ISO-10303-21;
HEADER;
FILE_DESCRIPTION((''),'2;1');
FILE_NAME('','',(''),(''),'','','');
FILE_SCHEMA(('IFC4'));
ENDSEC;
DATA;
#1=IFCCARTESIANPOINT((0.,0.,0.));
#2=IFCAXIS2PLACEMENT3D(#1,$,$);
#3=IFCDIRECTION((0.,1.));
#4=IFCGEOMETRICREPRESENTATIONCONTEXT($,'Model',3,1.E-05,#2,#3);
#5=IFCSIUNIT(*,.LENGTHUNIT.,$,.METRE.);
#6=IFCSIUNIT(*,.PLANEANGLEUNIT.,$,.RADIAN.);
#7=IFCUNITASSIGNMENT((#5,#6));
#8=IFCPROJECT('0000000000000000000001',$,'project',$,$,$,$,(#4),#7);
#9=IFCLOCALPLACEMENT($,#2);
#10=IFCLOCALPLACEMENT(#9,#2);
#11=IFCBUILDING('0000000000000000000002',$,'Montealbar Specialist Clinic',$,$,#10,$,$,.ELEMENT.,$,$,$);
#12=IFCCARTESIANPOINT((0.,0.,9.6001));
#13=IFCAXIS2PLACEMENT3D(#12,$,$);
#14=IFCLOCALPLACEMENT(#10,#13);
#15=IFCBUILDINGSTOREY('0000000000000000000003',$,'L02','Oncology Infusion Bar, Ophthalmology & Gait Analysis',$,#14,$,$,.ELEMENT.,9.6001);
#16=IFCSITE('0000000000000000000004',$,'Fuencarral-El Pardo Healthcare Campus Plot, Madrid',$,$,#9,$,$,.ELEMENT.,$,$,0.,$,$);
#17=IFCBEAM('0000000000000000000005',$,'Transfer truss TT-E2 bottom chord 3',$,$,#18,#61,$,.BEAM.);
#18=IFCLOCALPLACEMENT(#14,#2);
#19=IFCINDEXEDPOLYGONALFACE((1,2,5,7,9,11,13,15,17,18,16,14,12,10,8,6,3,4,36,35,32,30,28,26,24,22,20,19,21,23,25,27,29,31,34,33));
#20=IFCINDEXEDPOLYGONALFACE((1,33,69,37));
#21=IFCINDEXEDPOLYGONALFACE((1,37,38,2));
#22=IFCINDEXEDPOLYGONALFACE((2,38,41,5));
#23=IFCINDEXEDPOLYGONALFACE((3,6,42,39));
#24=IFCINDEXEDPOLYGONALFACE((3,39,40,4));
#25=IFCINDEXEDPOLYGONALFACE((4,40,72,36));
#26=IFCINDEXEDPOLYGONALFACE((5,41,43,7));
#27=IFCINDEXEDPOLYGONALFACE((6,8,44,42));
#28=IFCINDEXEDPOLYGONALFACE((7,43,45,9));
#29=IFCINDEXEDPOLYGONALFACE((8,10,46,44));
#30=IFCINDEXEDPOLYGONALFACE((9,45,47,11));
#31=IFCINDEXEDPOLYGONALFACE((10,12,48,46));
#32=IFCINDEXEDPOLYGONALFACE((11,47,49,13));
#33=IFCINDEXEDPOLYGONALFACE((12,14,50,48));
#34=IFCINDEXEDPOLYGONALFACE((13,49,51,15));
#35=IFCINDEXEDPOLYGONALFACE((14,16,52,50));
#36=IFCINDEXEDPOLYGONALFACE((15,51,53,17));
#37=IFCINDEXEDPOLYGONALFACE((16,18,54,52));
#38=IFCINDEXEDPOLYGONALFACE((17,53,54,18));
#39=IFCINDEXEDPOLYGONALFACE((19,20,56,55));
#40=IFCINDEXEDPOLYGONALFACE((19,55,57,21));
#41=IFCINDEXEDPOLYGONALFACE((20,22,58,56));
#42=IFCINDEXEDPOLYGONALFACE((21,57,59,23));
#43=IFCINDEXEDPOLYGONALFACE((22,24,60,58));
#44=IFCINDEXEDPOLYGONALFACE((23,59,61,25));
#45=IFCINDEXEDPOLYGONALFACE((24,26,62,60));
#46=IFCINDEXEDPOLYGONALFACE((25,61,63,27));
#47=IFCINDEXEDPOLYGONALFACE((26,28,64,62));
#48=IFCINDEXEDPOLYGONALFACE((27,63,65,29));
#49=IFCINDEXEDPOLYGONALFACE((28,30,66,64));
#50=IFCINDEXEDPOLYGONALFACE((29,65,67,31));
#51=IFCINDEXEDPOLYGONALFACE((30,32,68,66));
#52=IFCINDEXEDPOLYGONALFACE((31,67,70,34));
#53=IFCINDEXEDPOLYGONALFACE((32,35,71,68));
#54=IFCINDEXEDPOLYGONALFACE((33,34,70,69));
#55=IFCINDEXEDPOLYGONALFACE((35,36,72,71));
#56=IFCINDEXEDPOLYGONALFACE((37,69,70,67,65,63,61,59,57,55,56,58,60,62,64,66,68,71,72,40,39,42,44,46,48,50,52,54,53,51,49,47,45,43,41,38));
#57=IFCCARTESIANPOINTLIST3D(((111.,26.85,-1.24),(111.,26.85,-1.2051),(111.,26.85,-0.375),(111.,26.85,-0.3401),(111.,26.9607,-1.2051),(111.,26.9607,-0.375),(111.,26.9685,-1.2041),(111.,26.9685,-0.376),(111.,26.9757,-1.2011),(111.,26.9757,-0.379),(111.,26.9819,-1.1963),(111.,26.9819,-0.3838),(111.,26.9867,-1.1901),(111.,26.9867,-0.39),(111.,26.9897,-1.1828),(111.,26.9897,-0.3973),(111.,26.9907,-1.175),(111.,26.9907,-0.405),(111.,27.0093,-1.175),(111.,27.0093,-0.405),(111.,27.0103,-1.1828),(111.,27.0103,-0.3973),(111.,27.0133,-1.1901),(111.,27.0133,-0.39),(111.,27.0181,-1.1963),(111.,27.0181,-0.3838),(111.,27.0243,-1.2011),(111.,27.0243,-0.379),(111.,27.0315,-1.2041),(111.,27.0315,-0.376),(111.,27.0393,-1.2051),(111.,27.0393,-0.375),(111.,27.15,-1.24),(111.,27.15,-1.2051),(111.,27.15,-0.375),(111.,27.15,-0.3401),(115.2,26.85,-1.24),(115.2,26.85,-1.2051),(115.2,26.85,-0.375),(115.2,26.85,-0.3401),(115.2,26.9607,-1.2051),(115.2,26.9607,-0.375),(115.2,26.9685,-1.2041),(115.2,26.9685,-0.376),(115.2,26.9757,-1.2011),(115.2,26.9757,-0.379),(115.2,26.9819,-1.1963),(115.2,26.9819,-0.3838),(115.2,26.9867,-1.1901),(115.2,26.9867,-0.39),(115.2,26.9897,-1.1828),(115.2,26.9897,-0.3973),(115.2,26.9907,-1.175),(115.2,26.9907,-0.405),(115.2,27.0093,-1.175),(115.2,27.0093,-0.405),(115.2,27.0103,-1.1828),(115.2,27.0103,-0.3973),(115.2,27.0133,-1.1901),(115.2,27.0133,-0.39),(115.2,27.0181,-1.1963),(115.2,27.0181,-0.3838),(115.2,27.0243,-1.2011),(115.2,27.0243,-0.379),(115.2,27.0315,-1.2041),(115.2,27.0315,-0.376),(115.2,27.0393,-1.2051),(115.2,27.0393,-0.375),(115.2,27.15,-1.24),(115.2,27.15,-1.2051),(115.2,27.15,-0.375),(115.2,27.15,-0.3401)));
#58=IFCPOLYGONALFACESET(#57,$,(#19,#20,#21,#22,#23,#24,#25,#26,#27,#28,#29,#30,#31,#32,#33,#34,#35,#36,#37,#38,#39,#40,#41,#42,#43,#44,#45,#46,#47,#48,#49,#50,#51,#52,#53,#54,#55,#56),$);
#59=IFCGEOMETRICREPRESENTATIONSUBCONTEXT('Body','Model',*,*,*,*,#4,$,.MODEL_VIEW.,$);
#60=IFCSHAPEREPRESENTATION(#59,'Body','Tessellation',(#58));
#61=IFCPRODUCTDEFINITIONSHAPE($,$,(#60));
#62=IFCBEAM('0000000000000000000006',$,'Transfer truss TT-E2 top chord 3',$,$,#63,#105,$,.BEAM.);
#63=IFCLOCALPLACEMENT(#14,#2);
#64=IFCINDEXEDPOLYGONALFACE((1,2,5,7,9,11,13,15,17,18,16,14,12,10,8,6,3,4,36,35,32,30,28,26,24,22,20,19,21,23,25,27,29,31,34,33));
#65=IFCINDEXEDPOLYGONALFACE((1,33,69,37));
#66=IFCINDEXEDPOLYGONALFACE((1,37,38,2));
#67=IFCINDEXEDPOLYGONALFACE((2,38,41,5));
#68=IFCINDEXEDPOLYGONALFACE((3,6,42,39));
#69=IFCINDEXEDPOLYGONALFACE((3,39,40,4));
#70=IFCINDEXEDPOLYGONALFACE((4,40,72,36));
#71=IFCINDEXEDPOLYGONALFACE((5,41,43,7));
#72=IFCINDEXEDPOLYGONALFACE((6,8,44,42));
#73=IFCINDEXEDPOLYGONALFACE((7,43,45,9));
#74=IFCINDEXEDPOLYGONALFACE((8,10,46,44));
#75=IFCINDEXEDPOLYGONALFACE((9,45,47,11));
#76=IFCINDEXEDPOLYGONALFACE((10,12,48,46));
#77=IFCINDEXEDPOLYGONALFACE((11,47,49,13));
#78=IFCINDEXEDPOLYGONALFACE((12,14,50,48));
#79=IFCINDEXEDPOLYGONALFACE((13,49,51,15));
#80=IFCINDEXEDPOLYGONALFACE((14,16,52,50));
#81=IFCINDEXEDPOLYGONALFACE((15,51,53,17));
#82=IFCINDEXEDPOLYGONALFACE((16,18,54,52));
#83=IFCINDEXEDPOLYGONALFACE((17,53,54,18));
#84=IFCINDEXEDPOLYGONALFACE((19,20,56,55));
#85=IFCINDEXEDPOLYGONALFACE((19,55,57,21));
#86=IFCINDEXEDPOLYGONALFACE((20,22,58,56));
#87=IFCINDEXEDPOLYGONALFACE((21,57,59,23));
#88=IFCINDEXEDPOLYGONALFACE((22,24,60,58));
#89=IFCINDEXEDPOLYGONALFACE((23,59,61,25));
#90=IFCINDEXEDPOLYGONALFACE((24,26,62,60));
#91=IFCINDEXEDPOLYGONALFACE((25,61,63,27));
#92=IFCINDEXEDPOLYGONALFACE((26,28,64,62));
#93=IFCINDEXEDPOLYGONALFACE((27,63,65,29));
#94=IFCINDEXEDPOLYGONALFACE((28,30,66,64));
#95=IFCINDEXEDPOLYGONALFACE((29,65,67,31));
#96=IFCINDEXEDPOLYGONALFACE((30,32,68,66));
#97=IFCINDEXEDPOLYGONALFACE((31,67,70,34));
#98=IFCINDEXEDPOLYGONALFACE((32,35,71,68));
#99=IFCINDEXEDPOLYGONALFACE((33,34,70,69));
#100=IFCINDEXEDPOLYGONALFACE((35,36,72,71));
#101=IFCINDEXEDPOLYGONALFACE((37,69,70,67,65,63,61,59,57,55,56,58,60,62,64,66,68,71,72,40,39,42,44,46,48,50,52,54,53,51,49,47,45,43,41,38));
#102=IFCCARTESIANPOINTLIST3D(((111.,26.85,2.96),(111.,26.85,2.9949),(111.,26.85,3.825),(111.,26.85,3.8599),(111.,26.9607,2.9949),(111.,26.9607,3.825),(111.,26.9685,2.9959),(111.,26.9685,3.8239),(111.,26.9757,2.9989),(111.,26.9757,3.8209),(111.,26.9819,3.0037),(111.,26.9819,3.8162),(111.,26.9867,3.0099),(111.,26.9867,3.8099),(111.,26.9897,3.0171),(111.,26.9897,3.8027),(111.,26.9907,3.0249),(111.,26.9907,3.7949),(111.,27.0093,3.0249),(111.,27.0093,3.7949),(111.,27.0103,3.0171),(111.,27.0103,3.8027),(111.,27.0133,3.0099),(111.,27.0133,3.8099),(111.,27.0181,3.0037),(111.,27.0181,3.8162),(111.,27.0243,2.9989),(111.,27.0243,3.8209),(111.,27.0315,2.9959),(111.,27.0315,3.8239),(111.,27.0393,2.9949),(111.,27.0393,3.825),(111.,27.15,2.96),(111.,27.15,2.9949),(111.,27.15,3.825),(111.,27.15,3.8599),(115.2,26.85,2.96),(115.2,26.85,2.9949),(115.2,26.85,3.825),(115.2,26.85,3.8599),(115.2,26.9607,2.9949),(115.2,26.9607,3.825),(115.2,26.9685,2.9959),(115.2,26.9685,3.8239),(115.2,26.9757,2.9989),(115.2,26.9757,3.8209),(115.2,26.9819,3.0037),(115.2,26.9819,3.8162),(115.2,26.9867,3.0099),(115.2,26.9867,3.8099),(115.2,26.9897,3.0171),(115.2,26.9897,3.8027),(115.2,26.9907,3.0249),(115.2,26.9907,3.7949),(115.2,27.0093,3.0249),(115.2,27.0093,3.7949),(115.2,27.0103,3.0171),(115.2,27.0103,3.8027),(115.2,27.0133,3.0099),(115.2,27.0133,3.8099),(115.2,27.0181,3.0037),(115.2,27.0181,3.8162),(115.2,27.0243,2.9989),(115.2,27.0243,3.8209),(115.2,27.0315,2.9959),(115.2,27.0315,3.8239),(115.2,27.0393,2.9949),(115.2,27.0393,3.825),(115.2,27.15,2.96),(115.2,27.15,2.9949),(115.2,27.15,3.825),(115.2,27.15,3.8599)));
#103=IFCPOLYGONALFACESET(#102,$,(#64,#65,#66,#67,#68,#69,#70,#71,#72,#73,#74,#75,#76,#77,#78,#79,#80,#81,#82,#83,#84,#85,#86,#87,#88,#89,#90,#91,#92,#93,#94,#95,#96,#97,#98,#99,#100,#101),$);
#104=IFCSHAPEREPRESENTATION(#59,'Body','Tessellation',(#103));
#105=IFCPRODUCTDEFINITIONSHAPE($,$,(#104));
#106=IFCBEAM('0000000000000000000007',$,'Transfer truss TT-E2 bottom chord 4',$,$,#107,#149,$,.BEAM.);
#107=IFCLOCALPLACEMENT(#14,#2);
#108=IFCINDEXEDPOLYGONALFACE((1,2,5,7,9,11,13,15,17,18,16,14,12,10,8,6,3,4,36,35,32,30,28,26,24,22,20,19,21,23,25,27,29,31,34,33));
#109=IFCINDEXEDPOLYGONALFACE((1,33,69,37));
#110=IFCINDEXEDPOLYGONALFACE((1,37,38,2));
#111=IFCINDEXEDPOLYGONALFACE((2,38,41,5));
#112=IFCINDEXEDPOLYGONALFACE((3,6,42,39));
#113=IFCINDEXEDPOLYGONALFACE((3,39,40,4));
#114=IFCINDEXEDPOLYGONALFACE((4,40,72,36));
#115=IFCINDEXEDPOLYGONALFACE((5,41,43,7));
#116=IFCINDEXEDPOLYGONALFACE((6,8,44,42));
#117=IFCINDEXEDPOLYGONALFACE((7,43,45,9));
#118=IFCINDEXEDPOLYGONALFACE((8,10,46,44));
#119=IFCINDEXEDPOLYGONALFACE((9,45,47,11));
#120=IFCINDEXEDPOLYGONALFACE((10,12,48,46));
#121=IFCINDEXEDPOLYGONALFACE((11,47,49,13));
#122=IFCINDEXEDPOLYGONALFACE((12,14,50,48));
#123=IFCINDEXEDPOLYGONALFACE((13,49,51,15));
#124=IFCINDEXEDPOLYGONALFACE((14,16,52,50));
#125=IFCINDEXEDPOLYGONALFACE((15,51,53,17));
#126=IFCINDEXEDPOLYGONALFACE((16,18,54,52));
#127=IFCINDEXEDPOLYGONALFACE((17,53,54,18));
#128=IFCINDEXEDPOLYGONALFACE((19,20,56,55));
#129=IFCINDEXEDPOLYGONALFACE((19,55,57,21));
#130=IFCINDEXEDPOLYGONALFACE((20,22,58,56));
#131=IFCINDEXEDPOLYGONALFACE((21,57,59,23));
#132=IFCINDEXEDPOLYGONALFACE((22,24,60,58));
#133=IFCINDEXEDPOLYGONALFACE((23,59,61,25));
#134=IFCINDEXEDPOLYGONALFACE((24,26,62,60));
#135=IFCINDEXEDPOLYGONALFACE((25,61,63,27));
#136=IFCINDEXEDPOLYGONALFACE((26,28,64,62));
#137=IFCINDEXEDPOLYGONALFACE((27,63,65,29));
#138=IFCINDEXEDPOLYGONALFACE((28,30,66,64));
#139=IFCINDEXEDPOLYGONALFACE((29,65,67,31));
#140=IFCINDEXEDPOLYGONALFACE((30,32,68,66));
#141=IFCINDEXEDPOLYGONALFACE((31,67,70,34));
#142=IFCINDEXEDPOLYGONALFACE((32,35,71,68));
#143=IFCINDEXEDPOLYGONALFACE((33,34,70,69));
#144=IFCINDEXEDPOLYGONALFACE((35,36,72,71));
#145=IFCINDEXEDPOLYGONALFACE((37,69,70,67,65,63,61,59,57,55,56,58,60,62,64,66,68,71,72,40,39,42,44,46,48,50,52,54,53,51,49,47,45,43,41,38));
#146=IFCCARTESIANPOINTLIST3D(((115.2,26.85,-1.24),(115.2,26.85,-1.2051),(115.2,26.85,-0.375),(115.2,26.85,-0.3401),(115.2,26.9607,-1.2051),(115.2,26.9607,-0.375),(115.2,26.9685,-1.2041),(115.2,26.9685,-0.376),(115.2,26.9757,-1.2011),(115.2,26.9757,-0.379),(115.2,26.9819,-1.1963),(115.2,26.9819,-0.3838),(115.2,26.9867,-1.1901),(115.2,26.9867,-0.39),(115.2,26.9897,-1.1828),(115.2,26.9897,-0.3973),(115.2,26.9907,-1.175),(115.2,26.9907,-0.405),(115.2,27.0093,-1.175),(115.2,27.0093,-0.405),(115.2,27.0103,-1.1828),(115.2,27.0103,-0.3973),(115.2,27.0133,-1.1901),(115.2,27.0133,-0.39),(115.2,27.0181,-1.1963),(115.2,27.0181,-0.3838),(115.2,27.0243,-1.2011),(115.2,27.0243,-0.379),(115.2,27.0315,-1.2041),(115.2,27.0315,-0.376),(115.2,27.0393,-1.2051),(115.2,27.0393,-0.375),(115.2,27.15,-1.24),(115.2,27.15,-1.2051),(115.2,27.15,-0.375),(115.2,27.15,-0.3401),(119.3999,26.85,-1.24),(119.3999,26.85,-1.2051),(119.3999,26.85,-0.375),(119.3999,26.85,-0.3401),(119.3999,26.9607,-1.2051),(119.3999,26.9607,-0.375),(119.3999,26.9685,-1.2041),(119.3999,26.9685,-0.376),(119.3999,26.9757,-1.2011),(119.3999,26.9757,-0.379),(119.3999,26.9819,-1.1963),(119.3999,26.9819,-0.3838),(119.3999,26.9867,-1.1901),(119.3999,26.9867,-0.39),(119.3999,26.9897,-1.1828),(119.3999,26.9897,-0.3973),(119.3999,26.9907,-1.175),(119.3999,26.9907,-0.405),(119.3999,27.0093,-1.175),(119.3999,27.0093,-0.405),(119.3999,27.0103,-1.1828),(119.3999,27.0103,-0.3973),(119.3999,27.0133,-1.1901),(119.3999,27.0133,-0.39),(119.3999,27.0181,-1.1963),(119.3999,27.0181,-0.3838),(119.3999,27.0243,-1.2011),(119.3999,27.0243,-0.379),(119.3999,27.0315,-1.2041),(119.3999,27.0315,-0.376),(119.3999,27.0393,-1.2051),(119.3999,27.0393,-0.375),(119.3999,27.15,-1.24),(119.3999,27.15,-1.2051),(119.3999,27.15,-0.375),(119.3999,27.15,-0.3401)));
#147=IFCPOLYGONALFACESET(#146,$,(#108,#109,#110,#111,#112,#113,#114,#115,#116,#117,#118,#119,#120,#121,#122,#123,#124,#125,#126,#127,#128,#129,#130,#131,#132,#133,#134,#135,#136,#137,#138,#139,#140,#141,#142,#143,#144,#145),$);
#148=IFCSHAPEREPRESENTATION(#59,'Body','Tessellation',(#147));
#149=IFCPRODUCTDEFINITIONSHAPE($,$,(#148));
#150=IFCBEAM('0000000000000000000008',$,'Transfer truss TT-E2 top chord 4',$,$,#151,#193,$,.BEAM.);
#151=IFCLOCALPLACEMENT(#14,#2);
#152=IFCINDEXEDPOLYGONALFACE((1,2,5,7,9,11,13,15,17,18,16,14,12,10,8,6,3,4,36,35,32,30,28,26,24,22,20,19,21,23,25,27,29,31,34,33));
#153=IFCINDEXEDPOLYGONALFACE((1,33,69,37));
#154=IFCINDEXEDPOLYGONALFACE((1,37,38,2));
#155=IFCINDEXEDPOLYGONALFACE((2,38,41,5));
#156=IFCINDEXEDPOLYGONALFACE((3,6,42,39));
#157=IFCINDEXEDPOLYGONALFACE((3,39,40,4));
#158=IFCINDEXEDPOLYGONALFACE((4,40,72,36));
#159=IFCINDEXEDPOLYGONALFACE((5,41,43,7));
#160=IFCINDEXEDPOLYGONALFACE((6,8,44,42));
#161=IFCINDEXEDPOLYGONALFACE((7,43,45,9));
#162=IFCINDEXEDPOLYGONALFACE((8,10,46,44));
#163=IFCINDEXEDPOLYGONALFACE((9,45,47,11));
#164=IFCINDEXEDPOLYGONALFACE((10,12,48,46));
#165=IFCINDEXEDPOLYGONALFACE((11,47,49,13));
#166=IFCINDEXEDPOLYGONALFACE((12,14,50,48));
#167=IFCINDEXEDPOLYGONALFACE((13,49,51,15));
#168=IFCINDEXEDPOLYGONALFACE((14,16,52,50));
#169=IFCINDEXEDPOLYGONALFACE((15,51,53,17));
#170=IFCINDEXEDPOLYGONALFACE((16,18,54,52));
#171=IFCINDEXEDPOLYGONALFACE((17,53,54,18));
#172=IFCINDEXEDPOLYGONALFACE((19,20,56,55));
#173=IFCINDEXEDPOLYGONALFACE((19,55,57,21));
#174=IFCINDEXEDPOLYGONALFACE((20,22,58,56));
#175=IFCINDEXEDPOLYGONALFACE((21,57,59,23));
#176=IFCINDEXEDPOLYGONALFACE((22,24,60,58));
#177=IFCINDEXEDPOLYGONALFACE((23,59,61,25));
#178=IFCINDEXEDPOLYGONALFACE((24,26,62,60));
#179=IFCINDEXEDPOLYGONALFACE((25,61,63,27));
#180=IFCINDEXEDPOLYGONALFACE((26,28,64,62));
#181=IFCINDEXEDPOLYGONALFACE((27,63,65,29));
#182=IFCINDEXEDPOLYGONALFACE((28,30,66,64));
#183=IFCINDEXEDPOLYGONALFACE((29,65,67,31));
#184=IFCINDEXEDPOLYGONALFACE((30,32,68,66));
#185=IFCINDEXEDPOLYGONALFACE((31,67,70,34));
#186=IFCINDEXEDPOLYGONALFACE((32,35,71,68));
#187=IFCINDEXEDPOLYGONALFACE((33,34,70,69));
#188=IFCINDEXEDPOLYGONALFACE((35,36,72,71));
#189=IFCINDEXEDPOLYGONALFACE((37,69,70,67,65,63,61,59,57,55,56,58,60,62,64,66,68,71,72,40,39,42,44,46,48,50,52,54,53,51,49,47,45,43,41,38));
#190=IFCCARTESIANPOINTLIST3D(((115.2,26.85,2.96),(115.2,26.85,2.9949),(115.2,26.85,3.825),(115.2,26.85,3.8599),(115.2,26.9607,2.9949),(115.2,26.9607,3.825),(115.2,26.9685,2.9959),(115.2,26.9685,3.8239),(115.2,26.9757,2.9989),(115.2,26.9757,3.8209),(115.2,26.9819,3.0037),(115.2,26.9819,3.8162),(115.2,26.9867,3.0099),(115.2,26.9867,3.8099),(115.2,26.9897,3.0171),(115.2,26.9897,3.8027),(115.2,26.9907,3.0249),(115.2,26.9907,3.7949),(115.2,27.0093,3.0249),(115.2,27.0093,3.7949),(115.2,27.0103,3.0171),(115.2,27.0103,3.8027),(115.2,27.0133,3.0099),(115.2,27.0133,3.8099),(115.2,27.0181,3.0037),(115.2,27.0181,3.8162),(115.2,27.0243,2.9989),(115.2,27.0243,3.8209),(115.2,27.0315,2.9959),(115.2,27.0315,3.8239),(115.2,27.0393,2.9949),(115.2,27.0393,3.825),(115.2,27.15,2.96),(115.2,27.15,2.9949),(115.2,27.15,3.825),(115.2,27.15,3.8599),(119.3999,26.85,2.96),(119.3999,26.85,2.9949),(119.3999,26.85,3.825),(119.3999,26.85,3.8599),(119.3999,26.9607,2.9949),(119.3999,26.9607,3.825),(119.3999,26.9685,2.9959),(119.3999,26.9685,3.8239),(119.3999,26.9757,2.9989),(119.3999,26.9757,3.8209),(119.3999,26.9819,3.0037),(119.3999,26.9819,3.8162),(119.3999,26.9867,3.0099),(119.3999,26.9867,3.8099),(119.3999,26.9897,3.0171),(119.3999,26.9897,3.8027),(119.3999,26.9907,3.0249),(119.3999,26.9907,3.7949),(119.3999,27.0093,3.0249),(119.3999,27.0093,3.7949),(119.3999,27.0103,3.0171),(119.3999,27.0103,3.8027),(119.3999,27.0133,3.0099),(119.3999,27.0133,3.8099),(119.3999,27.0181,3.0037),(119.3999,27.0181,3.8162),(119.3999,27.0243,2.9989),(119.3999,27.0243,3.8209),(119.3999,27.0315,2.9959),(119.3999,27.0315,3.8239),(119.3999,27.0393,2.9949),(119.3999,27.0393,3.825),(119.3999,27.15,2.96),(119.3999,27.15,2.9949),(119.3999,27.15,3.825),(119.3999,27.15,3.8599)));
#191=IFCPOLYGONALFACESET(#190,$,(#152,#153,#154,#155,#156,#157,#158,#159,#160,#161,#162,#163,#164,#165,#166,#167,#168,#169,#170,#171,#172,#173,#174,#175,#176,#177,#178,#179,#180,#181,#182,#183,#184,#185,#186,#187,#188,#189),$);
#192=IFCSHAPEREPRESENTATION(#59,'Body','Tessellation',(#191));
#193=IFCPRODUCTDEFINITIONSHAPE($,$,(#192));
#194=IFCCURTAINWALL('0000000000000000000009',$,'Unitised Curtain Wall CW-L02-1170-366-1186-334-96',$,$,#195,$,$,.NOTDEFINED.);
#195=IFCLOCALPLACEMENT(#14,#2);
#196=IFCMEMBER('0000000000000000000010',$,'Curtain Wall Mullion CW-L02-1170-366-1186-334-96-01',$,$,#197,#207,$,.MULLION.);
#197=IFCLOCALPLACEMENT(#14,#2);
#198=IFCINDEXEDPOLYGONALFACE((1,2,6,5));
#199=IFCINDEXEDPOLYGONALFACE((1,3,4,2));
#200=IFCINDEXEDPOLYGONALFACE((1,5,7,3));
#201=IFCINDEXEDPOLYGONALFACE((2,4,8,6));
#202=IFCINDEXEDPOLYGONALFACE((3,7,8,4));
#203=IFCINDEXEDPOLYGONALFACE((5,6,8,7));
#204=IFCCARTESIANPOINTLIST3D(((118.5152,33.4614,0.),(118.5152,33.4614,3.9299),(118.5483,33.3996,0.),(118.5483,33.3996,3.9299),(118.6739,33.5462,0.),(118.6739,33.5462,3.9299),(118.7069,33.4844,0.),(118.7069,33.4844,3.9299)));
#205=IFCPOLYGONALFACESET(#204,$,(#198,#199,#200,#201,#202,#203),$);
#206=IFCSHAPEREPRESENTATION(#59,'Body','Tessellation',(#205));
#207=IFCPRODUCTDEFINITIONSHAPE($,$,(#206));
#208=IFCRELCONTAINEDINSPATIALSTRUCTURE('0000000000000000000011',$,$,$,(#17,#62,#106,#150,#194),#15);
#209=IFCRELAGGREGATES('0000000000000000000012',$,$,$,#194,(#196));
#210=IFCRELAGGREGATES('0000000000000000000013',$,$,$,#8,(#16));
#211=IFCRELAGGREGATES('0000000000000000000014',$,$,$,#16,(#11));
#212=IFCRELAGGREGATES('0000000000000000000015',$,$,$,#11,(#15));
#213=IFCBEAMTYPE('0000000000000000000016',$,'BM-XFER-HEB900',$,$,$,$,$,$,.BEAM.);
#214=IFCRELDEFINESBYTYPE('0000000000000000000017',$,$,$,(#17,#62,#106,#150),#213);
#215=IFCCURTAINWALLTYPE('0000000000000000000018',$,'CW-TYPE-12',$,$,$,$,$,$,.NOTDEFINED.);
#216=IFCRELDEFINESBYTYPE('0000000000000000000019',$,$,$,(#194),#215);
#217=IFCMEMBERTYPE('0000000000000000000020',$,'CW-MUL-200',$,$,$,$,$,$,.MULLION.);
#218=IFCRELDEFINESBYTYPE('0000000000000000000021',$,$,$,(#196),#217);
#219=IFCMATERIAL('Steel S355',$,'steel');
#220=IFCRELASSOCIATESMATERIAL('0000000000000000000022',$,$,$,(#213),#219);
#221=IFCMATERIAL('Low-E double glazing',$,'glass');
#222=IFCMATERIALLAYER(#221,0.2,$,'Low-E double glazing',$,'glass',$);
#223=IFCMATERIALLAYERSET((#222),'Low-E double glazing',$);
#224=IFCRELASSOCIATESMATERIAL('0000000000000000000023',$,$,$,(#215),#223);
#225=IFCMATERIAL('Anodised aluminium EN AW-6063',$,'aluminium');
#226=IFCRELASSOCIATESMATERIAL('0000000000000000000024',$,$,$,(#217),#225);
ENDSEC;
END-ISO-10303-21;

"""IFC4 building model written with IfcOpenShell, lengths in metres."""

from ifc_helpers import new_model, si_unit, direction, frame, origin, origin_2d, place, context, subcontext, project, spatial, rectangle, i_section, extrude, material, layer, layer_set, material_profile, profile_set, type_object, element, aggregate, save


model = new_model("IFC4")

# Units and contexts
model_context = context("Model", 3, precision=1e-05, world=origin(), true_north=direction((0.0, 1.0)))
body_context = subcontext(model_context, "Body", "Model", "MODEL_VIEW")
ifc_project = project(units=[si_unit("LENGTHUNIT", "METRE"), si_unit("PLANEANGLEUNIT", "RADIAN")], contexts=[model_context])

# Site, building, storey
site_placement = place(None, origin())
site = spatial("IfcSite", under=ifc_project, at=site_placement, Name="Fuencarral-El Pardo Healthcare Campus Plot, Madrid", CompositionType="ELEMENT", RefElevation=0.0)
building_placement = place(site_placement, origin())
building = spatial("IfcBuilding", under=site, at=building_placement, Name="Montealbar Specialist Clinic", CompositionType="ELEMENT")
storey_placement = place(building_placement, frame((0.0, 0.0, 9.6001)))
storey = spatial("IfcBuildingStorey", under=building, at=storey_placement, Name="L02", Description="Oncology Infusion Bar, Ophthalmology & Gait Analysis", CompositionType="ELEMENT", Elevation=9.6001)

# Shared definitions
ifc_material_1 = material(Name="Steel S355", Category="steel")

# Beams
ifc_material_profile_1 = material_profile(ifc_material_1, i_section(OverallWidth=0.3, OverallDepth=0.8999, WebThickness=0.0186, FlangeThickness=0.0349, FilletRadius=0.03, at=origin_2d()), Name="HEB 900", Category="steel")
ifc_profile_set_1 = profile_set([ifc_material_profile_1], Name="Steel S355")
beam_type_1 = type_object("IfcBeamType", Name="BM-XFER-HEB900", PredefinedType="BEAM", material=ifc_profile_set_1)
for number, where, z_axis, x_axis, name in (
    (1, (111.0, 27.0, -0.79), (1.0, 0.0, 0.0), (0.0, 1.0, 0.0), "Transfer truss TT-E2 bottom chord 3"),
    (2, (111.0, 27.0, 3.4099), (1.0, 0.0, 0.0), (0.0, 1.0, 0.0), "Transfer truss TT-E2 top chord 3"),
    (3, (115.2, 27.0, -0.79), (1.0, 0.0, 0.0), (0.0, 1.0, 0.0), "Transfer truss TT-E2 bottom chord 4"),
    (4, (115.2, 27.0, 3.4099), (1.0, 0.0, 0.0), (0.0, 1.0, 0.0), "Transfer truss TT-E2 top chord 4"),
):
    element("IfcBeam", number, at=place(storey_placement, frame(where, z_axis=z_axis, x_axis=x_axis)), inside=storey, type_object=beam_type_1, Name=name, PredefinedType="BEAM", context=body_context, shape_type="SweptSolid", body=[
        extrude(i_section(OverallWidth=0.3, OverallDepth=0.8999, WebThickness=0.0186, FlangeThickness=0.0349, FilletRadius=0.03, at=origin_2d()), origin(), (0.0, 0.0, 1.0), 4.2),
    ])

# Curtain wall, member
ifc_material_2 = material(Name="Low-E double glazing", Category="glass")
ifc_layer_1 = layer(ifc_material_2, 0.2, Name="Low-E double glazing", Category="glass")
ifc_layer_set_1 = layer_set([ifc_layer_1], Name="Low-E double glazing")
curtain_wall_type = type_object("IfcCurtainWallType", Name="CW-TYPE-12", PredefinedType="NOTDEFINED", material=ifc_layer_set_1)
curtain_wall_1_placement = place(storey_placement, origin())
curtain_wall_1 = element("IfcCurtainWall", 5, at=curtain_wall_1_placement, inside=storey, type_object=curtain_wall_type, Name="Unitised Curtain Wall CW-L02-1170-366-1186-334-96", PredefinedType="NOTDEFINED")
ifc_material_3 = material(Name="Anodised aluminium EN AW-6063", Category="aluminium")
ifc_material_profile_2 = material_profile(ifc_material_3, rectangle(XDim=0.0701, YDim=0.1799, at=origin_2d()), Name="ALU 70x180", Category="aluminium")
ifc_profile_set_2 = profile_set([ifc_material_profile_2], Name="Anodised aluminium EN AW-6063")
member_type_1 = type_object("IfcMemberType", Name="CW-MUL-200", PredefinedType="MULLION", material=ifc_profile_set_2)
member_1_placement = place(storey_placement, frame((118.6111, 33.4729, 0.0), z_axis=(0.0, 0.0, 1.0), x_axis=(0.471529, -0.88185, 0.0)))
member_1 = element("IfcMember", 6, at=member_1_placement, type_object=member_type_1, Name="Curtain Wall Mullion CW-L02-1170-366-1186-334-96-01", PredefinedType="MULLION", context=body_context, shape_type="SweptSolid", body=[
    extrude(rectangle(XDim=0.0701, YDim=0.1799, at=origin_2d()), origin(), (0.0, 0.0, 1.0), 3.9299),
])

aggregate(curtain_wall_1, [member_1])

save(model, "model.ifc")
